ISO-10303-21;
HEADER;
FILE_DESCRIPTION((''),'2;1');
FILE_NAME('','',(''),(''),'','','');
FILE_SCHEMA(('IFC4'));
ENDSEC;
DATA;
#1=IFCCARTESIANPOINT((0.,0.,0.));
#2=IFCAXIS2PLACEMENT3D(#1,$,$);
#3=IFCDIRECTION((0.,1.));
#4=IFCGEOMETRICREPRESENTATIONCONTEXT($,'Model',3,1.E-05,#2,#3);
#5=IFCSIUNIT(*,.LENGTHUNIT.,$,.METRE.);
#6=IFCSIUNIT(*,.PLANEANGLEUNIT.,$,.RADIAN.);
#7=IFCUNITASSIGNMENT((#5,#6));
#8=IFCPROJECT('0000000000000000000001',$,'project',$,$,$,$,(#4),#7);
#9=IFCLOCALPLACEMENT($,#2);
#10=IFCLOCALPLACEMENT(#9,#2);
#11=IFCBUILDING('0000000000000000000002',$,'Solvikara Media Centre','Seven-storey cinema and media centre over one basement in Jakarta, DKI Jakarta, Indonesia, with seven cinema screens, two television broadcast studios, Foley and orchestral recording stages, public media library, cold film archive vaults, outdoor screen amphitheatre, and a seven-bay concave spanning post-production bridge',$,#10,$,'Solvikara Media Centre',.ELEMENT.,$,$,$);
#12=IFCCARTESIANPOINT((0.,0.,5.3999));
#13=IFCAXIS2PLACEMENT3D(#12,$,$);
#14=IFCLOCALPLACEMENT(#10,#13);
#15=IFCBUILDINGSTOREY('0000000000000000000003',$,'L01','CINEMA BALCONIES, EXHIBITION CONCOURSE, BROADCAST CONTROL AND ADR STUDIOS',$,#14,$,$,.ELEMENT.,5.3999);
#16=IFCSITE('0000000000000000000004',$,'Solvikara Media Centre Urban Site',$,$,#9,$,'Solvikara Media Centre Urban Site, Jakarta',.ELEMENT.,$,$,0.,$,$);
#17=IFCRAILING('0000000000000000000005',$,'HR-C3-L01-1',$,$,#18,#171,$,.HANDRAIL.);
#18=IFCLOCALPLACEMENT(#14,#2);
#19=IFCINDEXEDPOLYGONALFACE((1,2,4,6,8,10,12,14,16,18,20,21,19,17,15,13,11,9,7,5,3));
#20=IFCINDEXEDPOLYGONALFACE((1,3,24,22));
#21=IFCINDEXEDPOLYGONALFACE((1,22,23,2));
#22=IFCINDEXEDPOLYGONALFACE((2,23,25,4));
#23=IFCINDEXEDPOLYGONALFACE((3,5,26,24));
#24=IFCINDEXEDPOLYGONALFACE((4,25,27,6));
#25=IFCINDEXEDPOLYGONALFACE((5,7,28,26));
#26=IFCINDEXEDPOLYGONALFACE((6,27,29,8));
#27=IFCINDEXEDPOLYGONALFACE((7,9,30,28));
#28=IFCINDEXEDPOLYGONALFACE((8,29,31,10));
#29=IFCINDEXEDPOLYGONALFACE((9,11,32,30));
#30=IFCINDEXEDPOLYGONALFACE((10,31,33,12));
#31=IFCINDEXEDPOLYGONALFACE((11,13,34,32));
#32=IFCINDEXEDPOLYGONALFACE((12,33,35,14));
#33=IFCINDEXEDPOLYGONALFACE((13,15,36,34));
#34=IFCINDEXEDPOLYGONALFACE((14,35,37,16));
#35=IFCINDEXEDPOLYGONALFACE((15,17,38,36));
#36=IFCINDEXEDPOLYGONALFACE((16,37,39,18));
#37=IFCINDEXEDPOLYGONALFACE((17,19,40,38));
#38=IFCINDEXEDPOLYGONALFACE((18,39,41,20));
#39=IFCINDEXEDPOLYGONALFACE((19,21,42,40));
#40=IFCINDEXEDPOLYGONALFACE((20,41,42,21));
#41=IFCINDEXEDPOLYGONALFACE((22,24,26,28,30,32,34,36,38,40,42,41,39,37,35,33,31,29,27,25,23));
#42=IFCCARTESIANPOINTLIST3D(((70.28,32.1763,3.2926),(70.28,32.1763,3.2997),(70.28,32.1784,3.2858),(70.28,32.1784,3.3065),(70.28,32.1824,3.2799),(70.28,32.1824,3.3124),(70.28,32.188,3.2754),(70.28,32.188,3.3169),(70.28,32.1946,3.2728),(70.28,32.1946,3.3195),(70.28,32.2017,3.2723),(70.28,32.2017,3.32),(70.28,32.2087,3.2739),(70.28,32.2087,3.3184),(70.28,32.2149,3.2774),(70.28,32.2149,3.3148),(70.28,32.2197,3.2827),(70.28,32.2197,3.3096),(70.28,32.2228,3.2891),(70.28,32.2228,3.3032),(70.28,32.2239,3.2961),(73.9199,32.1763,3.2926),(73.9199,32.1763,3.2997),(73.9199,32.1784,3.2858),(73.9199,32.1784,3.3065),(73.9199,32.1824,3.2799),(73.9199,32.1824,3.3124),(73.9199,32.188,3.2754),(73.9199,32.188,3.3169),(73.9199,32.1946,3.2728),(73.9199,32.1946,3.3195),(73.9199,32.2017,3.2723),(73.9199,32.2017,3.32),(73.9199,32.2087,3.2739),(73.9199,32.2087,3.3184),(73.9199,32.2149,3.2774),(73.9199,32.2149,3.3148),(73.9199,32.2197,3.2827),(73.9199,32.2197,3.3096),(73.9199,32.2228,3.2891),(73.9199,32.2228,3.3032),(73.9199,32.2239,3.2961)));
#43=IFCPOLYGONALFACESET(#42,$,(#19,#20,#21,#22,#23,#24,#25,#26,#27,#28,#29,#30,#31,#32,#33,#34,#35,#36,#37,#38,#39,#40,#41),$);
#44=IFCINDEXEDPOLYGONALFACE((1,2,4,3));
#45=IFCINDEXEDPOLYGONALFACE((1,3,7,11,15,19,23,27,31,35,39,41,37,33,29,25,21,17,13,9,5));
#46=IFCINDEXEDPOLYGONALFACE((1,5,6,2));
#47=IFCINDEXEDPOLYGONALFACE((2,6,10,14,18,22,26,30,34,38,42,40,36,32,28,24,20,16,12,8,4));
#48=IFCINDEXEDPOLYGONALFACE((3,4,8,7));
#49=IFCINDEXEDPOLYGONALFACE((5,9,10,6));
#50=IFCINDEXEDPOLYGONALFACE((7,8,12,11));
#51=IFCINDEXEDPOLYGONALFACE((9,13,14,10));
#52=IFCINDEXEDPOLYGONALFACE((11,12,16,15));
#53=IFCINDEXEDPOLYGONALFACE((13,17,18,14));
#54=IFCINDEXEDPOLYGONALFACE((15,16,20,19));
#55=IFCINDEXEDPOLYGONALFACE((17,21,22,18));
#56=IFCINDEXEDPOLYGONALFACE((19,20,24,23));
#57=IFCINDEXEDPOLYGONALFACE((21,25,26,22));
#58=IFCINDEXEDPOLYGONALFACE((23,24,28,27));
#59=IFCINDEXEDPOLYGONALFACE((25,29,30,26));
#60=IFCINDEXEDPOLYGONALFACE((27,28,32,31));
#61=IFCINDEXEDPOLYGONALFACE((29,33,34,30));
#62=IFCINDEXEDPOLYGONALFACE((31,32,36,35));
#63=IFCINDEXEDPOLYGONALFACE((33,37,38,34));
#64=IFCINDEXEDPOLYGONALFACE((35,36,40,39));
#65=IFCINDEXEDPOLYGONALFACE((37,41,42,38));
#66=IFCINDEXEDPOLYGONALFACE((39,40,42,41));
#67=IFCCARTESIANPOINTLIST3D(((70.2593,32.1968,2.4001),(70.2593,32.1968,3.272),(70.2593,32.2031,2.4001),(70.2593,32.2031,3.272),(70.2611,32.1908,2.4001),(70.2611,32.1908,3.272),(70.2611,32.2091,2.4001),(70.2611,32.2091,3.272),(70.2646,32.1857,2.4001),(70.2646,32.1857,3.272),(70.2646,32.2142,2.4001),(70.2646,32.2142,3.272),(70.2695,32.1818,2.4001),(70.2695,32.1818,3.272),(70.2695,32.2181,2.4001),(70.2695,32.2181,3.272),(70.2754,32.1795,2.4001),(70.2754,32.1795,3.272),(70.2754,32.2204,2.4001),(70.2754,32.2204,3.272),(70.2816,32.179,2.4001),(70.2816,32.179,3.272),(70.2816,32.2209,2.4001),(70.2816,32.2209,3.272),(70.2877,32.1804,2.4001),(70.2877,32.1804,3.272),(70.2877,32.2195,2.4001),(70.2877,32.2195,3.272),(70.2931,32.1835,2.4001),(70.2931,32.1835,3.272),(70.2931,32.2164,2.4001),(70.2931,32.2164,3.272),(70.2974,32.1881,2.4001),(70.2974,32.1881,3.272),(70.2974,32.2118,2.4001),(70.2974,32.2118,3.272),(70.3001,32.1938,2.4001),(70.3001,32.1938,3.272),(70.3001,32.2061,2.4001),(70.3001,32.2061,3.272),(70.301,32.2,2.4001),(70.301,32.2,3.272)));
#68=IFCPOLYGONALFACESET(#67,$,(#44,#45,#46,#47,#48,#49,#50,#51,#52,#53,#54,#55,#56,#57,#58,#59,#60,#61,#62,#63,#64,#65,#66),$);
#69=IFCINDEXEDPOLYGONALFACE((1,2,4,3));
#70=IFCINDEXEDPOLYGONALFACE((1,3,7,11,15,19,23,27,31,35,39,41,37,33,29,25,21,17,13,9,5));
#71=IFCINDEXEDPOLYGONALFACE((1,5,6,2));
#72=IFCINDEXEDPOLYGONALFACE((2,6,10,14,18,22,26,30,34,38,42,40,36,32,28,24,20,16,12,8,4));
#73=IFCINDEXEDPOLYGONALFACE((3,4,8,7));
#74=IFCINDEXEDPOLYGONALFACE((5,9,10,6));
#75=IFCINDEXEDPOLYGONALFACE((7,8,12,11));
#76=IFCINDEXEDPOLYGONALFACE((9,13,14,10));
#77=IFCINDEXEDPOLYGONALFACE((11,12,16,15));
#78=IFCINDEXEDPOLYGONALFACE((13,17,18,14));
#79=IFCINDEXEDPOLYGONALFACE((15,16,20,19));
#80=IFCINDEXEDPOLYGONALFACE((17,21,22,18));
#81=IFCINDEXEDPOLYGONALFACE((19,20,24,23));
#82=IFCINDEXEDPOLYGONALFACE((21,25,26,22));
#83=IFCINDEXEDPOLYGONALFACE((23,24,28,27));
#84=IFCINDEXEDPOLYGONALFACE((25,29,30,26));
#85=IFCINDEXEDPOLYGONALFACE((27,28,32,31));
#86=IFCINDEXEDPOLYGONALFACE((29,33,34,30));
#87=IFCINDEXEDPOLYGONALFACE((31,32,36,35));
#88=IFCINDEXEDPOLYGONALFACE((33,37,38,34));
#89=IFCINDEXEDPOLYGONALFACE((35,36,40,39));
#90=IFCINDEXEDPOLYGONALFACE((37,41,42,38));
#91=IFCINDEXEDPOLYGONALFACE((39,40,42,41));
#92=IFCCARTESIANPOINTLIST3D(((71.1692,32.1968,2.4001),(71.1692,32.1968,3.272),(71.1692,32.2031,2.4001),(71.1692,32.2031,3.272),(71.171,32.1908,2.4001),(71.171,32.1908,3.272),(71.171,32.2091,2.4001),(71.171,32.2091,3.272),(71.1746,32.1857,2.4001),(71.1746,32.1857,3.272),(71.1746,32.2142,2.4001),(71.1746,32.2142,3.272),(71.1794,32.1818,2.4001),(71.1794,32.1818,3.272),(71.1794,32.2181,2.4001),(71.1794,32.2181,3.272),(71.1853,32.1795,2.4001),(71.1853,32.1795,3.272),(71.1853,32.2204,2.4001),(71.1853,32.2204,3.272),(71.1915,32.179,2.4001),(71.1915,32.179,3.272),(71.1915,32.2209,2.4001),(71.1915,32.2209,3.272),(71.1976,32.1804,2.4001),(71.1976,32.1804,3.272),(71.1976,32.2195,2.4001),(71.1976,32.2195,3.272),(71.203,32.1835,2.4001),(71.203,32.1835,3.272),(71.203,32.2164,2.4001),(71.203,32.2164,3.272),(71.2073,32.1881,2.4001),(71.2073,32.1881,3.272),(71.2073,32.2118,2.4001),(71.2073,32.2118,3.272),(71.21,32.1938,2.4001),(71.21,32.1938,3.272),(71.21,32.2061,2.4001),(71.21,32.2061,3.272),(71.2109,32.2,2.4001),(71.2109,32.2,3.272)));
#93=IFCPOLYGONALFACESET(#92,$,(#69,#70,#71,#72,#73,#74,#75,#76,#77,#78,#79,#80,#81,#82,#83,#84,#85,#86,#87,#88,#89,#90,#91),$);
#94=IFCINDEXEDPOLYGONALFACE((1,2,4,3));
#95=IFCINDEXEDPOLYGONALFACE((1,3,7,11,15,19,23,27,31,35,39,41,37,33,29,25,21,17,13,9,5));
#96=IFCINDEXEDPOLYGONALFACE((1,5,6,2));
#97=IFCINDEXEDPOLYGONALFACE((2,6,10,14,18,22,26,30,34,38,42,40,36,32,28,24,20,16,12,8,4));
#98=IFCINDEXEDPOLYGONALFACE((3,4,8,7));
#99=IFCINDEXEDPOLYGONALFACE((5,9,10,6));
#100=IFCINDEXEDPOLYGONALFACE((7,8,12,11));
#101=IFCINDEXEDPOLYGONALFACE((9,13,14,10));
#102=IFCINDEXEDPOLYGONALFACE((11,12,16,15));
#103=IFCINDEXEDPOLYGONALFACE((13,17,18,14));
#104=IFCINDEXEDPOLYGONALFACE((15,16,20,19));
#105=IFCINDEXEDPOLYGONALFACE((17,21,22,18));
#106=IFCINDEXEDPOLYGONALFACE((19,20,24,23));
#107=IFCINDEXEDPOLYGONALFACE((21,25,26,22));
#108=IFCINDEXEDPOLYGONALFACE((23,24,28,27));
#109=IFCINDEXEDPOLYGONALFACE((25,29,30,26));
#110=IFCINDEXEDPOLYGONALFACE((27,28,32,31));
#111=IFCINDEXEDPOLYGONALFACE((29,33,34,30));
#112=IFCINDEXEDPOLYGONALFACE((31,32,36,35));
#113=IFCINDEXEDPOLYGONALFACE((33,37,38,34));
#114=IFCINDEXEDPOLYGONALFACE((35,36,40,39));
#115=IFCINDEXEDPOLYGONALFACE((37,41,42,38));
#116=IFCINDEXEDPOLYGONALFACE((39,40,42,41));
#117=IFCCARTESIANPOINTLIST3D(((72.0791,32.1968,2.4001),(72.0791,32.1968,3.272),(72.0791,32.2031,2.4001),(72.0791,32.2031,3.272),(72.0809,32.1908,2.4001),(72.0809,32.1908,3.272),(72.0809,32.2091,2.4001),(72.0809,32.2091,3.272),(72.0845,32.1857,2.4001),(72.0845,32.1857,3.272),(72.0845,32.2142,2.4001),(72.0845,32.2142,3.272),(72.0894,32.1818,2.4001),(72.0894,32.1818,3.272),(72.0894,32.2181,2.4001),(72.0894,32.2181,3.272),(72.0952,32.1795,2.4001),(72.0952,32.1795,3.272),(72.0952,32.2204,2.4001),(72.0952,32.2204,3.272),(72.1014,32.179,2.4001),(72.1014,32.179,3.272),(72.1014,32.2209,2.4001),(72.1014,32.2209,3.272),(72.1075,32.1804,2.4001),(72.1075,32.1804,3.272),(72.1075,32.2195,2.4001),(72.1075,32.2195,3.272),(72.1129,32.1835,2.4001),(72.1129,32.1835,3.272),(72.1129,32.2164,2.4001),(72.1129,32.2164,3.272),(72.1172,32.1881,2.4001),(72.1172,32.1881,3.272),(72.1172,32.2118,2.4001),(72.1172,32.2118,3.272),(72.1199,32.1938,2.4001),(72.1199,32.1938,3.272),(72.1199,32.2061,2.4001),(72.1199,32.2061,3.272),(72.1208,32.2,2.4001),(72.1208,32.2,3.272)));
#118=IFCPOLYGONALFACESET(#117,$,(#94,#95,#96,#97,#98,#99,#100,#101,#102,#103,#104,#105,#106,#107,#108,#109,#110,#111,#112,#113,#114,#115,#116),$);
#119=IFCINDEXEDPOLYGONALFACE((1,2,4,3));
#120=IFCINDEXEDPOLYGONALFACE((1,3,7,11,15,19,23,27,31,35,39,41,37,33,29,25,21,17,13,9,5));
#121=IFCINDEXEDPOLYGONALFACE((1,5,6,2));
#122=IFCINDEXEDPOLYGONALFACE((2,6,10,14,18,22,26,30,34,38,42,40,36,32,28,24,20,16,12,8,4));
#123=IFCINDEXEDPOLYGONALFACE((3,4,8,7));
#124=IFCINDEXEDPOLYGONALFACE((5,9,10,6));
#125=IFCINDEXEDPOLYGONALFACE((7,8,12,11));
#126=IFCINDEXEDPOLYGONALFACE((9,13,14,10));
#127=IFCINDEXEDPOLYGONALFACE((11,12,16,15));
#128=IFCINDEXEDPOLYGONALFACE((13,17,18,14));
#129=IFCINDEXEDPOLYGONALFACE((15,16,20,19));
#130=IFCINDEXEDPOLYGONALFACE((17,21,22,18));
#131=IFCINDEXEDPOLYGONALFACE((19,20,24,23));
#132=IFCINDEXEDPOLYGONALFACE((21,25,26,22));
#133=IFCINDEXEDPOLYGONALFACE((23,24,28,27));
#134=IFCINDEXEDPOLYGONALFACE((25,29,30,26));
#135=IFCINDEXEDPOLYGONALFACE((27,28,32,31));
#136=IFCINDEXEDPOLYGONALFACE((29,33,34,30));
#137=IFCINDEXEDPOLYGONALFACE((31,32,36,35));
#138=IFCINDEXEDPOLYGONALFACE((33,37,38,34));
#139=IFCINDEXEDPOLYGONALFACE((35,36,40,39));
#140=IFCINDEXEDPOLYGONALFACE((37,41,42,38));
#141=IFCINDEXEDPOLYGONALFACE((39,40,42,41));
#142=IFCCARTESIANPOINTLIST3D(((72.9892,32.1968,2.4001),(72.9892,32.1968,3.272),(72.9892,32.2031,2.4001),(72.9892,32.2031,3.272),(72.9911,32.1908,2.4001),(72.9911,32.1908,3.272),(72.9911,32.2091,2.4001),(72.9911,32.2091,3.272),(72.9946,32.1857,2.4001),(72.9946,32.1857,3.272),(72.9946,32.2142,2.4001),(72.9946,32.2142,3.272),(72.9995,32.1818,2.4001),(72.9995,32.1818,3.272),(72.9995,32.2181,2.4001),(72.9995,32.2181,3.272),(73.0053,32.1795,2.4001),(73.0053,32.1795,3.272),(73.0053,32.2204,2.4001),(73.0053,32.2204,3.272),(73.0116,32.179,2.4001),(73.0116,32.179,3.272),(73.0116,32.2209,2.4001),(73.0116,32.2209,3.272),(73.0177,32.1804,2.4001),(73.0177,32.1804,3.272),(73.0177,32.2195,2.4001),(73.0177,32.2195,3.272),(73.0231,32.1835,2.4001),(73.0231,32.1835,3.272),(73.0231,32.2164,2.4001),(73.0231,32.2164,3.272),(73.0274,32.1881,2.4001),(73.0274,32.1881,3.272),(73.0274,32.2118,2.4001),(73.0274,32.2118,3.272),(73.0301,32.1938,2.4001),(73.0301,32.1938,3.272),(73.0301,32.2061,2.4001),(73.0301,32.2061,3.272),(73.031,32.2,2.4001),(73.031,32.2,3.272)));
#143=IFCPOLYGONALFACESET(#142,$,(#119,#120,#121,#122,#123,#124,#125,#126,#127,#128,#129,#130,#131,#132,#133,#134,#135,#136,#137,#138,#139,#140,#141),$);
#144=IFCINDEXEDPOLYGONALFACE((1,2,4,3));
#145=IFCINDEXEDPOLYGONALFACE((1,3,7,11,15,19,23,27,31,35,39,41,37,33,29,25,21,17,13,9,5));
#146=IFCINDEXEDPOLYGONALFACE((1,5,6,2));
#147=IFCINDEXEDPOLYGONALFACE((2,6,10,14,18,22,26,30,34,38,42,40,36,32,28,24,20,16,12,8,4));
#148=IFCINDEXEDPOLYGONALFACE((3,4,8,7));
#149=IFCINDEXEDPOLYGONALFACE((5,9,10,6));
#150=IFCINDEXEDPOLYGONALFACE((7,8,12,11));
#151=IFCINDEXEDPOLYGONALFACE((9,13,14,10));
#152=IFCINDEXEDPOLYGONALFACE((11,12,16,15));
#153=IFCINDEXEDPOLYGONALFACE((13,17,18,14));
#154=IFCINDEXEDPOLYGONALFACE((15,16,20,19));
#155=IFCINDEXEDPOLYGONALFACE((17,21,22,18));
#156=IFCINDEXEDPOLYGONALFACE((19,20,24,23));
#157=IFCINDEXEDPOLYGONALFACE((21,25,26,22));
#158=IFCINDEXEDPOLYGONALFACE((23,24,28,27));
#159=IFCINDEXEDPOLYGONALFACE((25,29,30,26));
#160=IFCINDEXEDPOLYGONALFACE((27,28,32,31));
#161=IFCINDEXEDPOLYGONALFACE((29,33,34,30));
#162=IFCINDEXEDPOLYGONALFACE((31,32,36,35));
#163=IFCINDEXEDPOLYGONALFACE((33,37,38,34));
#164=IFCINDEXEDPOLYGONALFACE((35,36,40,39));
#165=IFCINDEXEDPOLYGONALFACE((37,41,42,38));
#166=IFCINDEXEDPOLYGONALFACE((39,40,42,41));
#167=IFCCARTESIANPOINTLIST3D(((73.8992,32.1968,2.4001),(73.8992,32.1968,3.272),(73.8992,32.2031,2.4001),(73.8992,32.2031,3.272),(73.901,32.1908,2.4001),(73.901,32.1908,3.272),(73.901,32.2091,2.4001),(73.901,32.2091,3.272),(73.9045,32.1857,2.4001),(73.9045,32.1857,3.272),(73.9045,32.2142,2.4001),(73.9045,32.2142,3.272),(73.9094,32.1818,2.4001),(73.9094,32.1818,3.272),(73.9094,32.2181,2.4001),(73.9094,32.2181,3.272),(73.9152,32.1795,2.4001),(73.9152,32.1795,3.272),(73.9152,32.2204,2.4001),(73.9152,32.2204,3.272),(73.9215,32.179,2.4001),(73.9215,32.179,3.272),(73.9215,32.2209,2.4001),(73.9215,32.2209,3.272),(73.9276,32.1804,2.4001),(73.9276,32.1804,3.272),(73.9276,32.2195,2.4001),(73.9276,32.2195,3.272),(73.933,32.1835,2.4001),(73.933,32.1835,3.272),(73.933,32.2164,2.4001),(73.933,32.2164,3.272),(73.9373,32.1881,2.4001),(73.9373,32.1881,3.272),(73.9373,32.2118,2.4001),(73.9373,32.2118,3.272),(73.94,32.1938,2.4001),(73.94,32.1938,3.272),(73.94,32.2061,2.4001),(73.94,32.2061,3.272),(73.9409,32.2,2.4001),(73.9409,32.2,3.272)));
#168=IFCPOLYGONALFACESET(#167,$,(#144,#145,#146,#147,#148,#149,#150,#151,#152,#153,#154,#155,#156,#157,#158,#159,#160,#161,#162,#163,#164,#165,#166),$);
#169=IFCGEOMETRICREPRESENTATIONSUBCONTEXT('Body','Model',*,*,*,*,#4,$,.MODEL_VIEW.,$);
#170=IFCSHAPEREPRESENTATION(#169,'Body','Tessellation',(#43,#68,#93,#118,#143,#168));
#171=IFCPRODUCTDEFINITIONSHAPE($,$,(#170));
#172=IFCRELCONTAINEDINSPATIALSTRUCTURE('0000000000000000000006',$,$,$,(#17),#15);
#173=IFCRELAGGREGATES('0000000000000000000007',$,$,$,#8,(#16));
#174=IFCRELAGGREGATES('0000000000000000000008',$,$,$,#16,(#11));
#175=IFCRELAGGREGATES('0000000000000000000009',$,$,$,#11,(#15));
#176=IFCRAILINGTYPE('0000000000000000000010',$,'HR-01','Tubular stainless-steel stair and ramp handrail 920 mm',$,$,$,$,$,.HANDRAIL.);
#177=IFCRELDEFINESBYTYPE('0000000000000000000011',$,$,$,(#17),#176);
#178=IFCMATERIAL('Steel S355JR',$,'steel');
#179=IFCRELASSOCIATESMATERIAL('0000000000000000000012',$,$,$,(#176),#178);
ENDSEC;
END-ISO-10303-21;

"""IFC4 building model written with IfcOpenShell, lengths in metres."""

from ifc_helpers import new_model, si_unit, direction, frame, origin, origin_2d, place, context, subcontext, project, spatial, circle, extrude, material, type_object, element, save


model = new_model("IFC4")

# Units and contexts
model_context = context("Model", 3, precision=1e-05, world=origin(), true_north=direction((0.0, 1.0)))
body_context = subcontext(model_context, "Body", "Model", "MODEL_VIEW")
ifc_project = project(units=[si_unit("LENGTHUNIT", "METRE"), si_unit("PLANEANGLEUNIT", "RADIAN")], contexts=[model_context])

# Site, building, storey
site_placement = place(None, origin())
site = spatial("IfcSite", under=ifc_project, at=site_placement, Name="Solvikara Media Centre Urban Site", LongName="Solvikara Media Centre Urban Site, Jakarta", CompositionType="ELEMENT", RefElevation=0.0)
building_placement = place(site_placement, origin())
building = spatial("IfcBuilding", under=site, at=building_placement, Name="Solvikara Media Centre", Description="Seven-storey cinema and media centre over one basement in Jakarta, DKI Jakarta, Indonesia, with seven cinema screens, two television broadcast studios, Foley and orchestral recording stages, public media library, cold film archive vaults, outdoor screen amphitheatre, and a seven-bay concave spanning post-production bridge", LongName="Solvikara Media Centre", CompositionType="ELEMENT")
storey_placement = place(building_placement, frame((0.0, 0.0, 5.3999)))
storey = spatial("IfcBuildingStorey", under=building, at=storey_placement, Name="L01", Description="CINEMA BALCONIES, EXHIBITION CONCOURSE, BROADCAST CONTROL AND ADR STUDIOS", CompositionType="ELEMENT", Elevation=5.3999)

# Railing
ifc_material_1 = material(Name="Steel S355JR", Category="steel")
railing_type_1 = type_object("IfcRailingType", Name="HR-01", Description="Tubular stainless-steel stair and ramp handrail 920 mm", PredefinedType="HANDRAIL", material=ifc_material_1)
railing_1_placement = place(storey_placement, frame((70.28, 32.2, 2.4001)))
element("IfcRailing", 1, at=railing_1_placement, inside=storey, type_object=railing_type_1, Name="HR-C3-L01-1", PredefinedType="HANDRAIL", context=body_context, shape_type="SweptSolid", body=[
    extrude(circle(Radius=0.0239, at=origin_2d()), frame((0.0, 0.0, 0.896), z_axis=(1.0, 0.0, 0.0), x_axis=(0.0, 1.0, 0.0)), (0.0, 0.0, 1.0), 3.6399),
    extrude(circle(Radius=0.021, at=origin_2d()), origin(), (0.0, 0.0, 1.0), 0.8718),
    extrude(circle(Radius=0.021, at=origin_2d()), frame((0.9099, 0.0, 0.0)), (0.0, 0.0, 1.0), 0.8718),
    extrude(circle(Radius=0.021, at=origin_2d()), frame((1.8198, 0.0, 0.0)), (0.0, 0.0, 1.0), 0.8718),
    extrude(circle(Radius=0.021, at=origin_2d()), frame((2.73, 0.0, 0.0)), (0.0, 0.0, 1.0), 0.8718),
    extrude(circle(Radius=0.021, at=origin_2d()), frame((3.6399, 0.0, 0.0)), (0.0, 0.0, 1.0), 0.8718),
])

save(model, "model.ifc")
